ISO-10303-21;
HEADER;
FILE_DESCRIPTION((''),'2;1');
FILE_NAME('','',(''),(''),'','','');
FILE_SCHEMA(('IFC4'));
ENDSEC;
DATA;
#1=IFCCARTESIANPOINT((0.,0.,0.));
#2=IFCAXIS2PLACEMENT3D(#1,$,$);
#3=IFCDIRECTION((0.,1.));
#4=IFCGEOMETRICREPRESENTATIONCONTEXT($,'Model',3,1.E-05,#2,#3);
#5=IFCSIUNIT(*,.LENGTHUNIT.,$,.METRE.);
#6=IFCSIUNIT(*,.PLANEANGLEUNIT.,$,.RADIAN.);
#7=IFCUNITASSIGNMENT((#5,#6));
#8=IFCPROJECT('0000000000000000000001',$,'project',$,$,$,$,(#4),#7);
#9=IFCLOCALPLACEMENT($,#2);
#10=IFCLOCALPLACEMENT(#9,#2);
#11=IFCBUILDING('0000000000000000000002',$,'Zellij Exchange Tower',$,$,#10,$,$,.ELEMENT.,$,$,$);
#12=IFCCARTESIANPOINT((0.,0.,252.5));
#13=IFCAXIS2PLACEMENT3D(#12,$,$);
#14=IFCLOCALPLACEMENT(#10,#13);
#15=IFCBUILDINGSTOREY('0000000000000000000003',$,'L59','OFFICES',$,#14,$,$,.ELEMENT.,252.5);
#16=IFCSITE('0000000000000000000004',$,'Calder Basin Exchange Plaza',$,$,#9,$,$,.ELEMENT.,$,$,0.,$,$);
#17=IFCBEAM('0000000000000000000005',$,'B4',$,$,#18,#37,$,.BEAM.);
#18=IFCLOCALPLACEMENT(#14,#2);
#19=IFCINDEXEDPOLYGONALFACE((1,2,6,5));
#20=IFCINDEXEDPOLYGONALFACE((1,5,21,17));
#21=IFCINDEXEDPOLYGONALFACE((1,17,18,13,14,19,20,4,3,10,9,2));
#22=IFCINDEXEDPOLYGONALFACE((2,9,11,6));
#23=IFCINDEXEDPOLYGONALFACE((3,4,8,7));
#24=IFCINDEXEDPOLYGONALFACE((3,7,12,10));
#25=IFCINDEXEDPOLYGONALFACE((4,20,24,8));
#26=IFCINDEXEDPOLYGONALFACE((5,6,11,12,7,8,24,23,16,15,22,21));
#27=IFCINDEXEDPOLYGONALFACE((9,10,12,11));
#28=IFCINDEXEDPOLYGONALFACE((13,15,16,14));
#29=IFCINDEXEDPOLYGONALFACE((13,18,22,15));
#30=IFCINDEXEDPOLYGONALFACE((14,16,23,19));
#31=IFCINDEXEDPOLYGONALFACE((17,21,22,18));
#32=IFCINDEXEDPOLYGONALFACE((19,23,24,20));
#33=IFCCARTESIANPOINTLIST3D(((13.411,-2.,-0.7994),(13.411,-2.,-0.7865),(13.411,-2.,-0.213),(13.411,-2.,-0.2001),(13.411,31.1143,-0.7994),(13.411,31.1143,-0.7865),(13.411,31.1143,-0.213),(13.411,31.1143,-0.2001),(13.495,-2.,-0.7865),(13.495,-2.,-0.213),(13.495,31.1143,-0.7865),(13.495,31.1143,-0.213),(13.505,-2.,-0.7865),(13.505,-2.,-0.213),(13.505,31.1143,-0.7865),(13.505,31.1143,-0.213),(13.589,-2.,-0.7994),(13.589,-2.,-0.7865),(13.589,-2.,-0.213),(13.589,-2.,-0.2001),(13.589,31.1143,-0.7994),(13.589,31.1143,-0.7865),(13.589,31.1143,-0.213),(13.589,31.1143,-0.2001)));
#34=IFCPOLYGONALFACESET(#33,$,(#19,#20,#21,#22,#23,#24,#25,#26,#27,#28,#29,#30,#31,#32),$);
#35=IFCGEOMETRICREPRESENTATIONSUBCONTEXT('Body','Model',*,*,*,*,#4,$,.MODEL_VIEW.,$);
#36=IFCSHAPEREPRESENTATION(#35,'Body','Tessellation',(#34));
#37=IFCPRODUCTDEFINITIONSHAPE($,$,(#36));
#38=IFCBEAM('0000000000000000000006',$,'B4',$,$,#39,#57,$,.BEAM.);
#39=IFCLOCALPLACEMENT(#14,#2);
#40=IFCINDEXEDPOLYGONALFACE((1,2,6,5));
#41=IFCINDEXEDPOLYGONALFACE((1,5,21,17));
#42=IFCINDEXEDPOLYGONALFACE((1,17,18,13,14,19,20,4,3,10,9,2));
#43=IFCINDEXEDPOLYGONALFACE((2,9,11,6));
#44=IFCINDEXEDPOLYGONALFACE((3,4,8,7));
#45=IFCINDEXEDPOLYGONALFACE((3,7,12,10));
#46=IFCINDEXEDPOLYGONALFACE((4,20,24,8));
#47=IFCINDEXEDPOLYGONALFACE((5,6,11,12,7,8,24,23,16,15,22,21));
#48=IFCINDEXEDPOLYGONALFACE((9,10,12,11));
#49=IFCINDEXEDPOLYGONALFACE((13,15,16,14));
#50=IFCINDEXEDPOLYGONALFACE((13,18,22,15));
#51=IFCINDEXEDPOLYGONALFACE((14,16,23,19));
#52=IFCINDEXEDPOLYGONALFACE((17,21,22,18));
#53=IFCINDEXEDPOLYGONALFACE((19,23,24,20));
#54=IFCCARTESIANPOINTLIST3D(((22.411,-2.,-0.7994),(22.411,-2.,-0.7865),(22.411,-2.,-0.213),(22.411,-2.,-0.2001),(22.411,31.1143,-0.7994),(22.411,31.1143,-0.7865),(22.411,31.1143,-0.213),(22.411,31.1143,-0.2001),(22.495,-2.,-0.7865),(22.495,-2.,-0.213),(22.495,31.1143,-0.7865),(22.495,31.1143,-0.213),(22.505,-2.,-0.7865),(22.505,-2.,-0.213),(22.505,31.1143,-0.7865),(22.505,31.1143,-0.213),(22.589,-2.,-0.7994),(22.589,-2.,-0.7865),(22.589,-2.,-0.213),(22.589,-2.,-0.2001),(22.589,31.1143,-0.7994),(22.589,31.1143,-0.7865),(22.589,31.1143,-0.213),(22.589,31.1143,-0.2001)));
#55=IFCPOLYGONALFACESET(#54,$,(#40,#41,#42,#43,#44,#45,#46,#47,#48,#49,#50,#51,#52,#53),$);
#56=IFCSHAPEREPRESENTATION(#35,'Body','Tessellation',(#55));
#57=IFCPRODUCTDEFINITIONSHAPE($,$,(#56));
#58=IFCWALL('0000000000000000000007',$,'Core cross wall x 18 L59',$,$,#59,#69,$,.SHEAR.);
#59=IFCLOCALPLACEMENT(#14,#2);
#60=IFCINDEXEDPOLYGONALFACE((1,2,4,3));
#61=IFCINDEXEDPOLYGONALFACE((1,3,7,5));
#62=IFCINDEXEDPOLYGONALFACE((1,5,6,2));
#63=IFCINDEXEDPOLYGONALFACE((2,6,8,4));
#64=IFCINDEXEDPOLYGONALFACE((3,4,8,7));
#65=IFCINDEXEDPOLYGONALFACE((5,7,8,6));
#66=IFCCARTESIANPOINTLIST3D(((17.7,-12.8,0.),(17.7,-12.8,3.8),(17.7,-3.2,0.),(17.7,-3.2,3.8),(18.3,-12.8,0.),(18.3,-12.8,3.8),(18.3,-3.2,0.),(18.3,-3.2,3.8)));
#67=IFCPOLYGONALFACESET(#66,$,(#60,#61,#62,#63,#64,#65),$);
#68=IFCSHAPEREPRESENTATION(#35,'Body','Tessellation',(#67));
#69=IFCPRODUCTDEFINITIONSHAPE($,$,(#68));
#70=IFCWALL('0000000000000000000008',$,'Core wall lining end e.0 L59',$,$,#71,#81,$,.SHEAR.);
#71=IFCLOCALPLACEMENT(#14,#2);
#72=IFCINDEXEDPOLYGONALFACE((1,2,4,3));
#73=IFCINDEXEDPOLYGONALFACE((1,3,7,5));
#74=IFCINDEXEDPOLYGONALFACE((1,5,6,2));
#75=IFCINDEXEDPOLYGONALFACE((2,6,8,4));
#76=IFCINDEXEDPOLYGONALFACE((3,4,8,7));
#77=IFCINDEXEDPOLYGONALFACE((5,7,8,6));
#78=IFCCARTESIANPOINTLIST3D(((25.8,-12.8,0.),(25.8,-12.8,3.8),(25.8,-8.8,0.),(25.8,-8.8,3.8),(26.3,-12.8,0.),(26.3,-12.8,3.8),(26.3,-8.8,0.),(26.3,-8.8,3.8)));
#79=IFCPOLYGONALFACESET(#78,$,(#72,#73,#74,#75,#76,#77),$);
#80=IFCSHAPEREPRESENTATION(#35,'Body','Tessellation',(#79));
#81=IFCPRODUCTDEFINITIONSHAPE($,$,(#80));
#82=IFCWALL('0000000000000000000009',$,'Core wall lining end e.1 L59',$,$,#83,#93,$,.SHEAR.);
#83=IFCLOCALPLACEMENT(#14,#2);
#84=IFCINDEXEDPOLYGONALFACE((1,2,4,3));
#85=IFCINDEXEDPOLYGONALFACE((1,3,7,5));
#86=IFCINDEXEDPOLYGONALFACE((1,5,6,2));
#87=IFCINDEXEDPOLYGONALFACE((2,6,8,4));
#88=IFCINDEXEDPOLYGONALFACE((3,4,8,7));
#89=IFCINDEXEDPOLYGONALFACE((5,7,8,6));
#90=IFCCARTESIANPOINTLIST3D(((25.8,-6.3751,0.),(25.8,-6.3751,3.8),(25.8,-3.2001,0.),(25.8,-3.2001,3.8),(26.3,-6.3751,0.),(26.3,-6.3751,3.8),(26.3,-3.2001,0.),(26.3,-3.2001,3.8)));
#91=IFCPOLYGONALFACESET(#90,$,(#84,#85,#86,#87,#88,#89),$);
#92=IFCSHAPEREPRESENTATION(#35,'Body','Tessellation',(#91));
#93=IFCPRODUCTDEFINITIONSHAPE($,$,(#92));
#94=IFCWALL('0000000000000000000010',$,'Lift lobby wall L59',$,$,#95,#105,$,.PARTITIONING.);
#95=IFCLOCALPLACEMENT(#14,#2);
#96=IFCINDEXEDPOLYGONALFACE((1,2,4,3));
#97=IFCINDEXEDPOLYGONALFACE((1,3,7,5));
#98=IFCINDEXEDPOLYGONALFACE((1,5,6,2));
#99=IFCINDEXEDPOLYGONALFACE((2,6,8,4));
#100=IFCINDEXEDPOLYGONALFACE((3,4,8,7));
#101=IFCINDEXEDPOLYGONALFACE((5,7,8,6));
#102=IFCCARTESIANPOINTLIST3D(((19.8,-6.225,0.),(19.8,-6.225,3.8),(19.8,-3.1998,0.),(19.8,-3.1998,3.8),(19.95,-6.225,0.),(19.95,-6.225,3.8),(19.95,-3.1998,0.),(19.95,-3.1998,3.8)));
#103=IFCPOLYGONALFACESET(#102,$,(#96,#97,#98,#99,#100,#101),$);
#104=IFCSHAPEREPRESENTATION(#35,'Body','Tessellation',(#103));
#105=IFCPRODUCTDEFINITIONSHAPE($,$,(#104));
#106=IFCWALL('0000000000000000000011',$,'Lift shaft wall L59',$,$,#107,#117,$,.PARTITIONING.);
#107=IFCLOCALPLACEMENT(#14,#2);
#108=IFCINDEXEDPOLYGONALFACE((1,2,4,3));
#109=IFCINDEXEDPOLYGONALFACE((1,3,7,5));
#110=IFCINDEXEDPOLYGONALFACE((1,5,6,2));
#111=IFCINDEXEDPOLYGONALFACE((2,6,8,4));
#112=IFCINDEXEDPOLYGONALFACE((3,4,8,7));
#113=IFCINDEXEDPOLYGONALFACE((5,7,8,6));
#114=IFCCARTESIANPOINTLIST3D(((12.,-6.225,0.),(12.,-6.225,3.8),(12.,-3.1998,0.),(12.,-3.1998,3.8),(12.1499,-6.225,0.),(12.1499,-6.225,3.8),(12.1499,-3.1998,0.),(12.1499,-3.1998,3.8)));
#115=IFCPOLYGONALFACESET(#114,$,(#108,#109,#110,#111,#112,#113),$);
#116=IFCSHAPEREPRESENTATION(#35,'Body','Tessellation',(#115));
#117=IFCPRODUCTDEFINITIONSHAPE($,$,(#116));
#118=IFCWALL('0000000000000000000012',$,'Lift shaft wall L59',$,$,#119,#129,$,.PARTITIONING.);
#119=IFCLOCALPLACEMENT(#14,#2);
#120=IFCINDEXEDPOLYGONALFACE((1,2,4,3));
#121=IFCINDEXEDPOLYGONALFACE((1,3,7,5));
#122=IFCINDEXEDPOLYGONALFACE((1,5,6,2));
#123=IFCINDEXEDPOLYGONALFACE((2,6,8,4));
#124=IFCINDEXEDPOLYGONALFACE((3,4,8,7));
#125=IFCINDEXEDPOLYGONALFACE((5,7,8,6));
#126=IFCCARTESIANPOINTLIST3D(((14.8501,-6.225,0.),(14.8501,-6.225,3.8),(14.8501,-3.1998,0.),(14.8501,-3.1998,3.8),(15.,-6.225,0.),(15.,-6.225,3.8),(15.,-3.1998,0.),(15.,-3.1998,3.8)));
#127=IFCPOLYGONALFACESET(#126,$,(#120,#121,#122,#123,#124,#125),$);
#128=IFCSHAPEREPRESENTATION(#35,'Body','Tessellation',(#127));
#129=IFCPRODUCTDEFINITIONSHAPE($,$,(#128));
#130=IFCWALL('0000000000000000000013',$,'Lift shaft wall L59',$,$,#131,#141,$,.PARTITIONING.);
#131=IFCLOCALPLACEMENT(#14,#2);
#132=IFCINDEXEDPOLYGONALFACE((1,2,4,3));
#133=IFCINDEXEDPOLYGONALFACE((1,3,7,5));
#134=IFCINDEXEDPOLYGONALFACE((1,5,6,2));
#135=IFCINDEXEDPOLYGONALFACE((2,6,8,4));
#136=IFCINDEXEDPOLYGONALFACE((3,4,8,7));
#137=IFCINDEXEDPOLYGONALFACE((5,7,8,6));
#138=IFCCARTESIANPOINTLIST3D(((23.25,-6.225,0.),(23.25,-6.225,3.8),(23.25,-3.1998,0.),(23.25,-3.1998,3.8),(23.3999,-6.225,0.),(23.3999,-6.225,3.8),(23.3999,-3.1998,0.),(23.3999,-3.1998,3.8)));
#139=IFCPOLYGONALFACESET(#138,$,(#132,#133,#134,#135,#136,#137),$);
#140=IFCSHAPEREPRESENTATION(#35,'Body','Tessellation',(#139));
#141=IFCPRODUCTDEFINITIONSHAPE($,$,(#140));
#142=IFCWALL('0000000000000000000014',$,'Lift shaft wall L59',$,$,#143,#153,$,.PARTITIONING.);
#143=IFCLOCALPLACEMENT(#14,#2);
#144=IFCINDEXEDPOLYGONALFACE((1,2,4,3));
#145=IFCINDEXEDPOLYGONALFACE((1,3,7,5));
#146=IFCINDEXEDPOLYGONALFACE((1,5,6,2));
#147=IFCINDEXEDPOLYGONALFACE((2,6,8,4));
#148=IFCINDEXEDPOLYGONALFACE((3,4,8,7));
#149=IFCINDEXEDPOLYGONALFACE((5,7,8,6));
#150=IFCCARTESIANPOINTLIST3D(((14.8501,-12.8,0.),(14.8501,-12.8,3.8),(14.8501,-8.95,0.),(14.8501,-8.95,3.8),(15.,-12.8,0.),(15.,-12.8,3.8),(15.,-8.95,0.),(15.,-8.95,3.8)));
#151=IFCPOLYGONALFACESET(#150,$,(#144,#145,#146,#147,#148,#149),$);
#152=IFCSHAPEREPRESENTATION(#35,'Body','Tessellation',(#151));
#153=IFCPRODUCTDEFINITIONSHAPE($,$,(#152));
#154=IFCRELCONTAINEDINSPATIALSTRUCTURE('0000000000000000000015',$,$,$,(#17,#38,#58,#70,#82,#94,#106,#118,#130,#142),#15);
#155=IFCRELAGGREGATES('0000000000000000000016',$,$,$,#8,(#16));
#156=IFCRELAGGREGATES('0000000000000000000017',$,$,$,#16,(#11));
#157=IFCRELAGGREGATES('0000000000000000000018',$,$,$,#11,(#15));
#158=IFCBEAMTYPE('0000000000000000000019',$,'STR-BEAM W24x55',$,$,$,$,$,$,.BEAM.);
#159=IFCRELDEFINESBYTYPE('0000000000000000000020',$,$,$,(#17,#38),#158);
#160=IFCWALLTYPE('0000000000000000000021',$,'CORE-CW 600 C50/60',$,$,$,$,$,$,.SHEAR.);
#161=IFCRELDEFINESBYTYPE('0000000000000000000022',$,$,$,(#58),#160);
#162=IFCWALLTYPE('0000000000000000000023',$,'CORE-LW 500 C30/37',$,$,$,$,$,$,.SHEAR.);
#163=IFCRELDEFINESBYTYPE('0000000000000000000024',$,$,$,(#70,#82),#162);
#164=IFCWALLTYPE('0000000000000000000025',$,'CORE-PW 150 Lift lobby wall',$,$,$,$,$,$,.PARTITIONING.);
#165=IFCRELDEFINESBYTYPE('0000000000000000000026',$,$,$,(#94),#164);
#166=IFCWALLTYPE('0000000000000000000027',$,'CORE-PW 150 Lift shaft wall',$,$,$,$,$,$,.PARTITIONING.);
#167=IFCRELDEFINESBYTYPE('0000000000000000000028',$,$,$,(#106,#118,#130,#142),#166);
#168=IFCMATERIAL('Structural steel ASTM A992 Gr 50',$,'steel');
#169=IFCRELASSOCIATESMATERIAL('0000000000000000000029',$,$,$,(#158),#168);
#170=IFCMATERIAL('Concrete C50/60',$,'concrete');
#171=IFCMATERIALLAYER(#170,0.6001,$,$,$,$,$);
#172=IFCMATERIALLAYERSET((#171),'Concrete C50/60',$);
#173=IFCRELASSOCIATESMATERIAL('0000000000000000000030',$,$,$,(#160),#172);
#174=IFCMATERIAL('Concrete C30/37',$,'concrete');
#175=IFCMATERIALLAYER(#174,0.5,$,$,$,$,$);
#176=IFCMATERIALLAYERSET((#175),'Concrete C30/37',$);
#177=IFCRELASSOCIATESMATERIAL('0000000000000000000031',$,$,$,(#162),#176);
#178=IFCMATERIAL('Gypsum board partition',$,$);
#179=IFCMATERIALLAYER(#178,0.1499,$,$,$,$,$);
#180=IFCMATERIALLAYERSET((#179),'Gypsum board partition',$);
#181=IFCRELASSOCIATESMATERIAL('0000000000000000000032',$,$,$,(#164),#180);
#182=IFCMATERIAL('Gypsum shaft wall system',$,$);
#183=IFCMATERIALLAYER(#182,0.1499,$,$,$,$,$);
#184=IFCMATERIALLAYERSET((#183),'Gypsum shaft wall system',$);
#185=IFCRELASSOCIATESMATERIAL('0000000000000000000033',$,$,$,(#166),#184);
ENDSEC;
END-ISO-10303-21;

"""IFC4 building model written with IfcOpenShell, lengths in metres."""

from ifc_helpers import new_model, si_unit, direction, frame, frame_2d, origin, origin_2d, place, context, subcontext, project, spatial, rectangle, i_section, extrude, material, layer, layer_set, material_profile, profile_set, type_object, element, save


model = new_model("IFC4")

# Units and contexts
model_context = context("Model", 3, precision=1e-05, world=origin(), true_north=direction((0.0, 1.0)))
body_context = subcontext(model_context, "Body", "Model", "MODEL_VIEW")
ifc_project = project(units=[si_unit("LENGTHUNIT", "METRE"), si_unit("PLANEANGLEUNIT", "RADIAN")], contexts=[model_context])

# Site, building, storey
site_placement = place(None, origin())
site = spatial("IfcSite", under=ifc_project, at=site_placement, Name="Calder Basin Exchange Plaza", CompositionType="ELEMENT", RefElevation=0.0)
building_placement = place(site_placement, origin())
building = spatial("IfcBuilding", under=site, at=building_placement, Name="Zellij Exchange Tower", CompositionType="ELEMENT")
storey_placement = place(building_placement, frame((0.0, 0.0, 252.5)))
storey = spatial("IfcBuildingStorey", under=building, at=storey_placement, Name="L59", Description="OFFICES", CompositionType="ELEMENT", Elevation=252.5)

# Beams
ifc_material_1 = material(Name="Structural steel ASTM A992 Gr 50", Category="steel")
ifc_material_profile = material_profile(ifc_material_1, i_section(OverallWidth=0.178, OverallDepth=0.5994, WebThickness=0.01, FlangeThickness=0.0129, at=origin_2d()), Name="W24x55")
ifc_profile_set = profile_set([ifc_material_profile], Name="Structural steel ASTM A992 Gr 50")
beam_type = type_object("IfcBeamType", Name="STR-BEAM W24x55", PredefinedType="BEAM", material=ifc_profile_set)
for number, where, z_axis, x_axis, name in (
    (1, (13.5, -2.0, -0.4998), (0.0, 1.0, 0.0), (-1.0, 0.0, 0.0), "B4"),
    (2, (22.5, -2.0, -0.4998), (0.0, 1.0, 0.0), (-1.0, 0.0, 0.0), "B4"),
):
    element("IfcBeam", number, at=place(storey_placement, frame(where, z_axis=z_axis, x_axis=x_axis)), inside=storey, type_object=beam_type, Name=name, PredefinedType="BEAM", context=body_context, shape_type="SweptSolid", body=[
        extrude(i_section(OverallWidth=0.178, OverallDepth=0.5994, WebThickness=0.01, FlangeThickness=0.0129, at=origin_2d()), origin(), (0.0, 0.0, 1.0), 33.1143),
    ])

# Walls
ifc_material_2 = material(Name="Concrete C50/60", Category="concrete")
ifc_layer_1 = layer(ifc_material_2, 0.6001)
ifc_layer_set_1 = layer_set([ifc_layer_1], Name="Concrete C50/60")
wall_type_1 = type_object("IfcWallType", Name="CORE-CW 600 C50/60", PredefinedType="SHEAR", material=ifc_layer_set_1)
wall_1_placement = place(storey_placement, frame((18.0, -12.8, 0.0), z_axis=(0.0, 0.0, 1.0), x_axis=(0.0, 1.0, 0.0)))
element("IfcWall", 3, at=wall_1_placement, inside=storey, type_object=wall_type_1, Name="Core cross wall x 18 L59", PredefinedType="SHEAR", context=body_context, shape_type="SweptSolid", body=[
    extrude(rectangle(XDim=9.6001, YDim=0.6001, at=frame_2d((4.8, 0.0))), origin(), (0.0, 0.0, 1.0), 3.8),
])
ifc_material_3 = material(Name="Concrete C30/37", Category="concrete")
ifc_layer_2 = layer(ifc_material_3, 0.5)
ifc_layer_set_2 = layer_set([ifc_layer_2], Name="Concrete C30/37")
wall_type_2 = type_object("IfcWallType", Name="CORE-LW 500 C30/37", PredefinedType="SHEAR", material=ifc_layer_set_2)
wall_2_placement = place(storey_placement, frame((26.05, -12.8, 0.0), z_axis=(0.0, 0.0, 1.0), x_axis=(0.0, 1.0, 0.0)))
element("IfcWall", 4, at=wall_2_placement, inside=storey, type_object=wall_type_2, Name="Core wall lining end e.0 L59", PredefinedType="SHEAR", context=body_context, shape_type="SweptSolid", body=[
    extrude(rectangle(XDim=4.0, YDim=0.5, at=frame_2d((2.0, 0.0))), origin(), (0.0, 0.0, 1.0), 3.8),
])
wall_3_placement = place(storey_placement, frame((26.05, -6.375, 0.0), z_axis=(0.0, 0.0, 1.0), x_axis=(0.0, 1.0, 0.0)))
element("IfcWall", 5, at=wall_3_placement, inside=storey, type_object=wall_type_2, Name="Core wall lining end e.1 L59", PredefinedType="SHEAR", context=body_context, shape_type="SweptSolid", body=[
    extrude(rectangle(XDim=3.175, YDim=0.5, at=frame_2d((1.5874, 0.0))), origin(), (0.0, 0.0, 1.0), 3.8),
])
ifc_material_4 = material(Name="Gypsum board partition")
ifc_layer_3 = layer(ifc_material_4, 0.1499)
ifc_layer_set_3 = layer_set([ifc_layer_3], Name="Gypsum board partition")
wall_type_3 = type_object("IfcWallType", Name="CORE-PW 150 Lift lobby wall", PredefinedType="PARTITIONING", material=ifc_layer_set_3)
wall_4_placement = place(storey_placement, frame((19.875, -6.2251, 0.0), z_axis=(0.0, 0.0, 1.0), x_axis=(0.0, 1.0, 0.0)))
element("IfcWall", 6, at=wall_4_placement, inside=storey, type_object=wall_type_3, Name="Lift lobby wall L59", PredefinedType="PARTITIONING", context=body_context, shape_type="SweptSolid", body=[
    extrude(rectangle(XDim=3.0251, YDim=0.1499, at=frame_2d((1.5127, 0.0))), origin(), (0.0, 0.0, 1.0), 3.8),
])
ifc_material_5 = material(Name="Gypsum shaft wall system")
ifc_layer_4 = layer(ifc_material_5, 0.1499)
ifc_layer_set_4 = layer_set([ifc_layer_4], Name="Gypsum shaft wall system")
wall_type_4 = type_object("IfcWallType", Name="CORE-PW 150 Lift shaft wall", PredefinedType="PARTITIONING", material=ifc_layer_set_4)
for number, where, z_axis, x_axis, name in (
    (7, (12.075, -6.2251, 0.0), (0.0, 0.0, 1.0), (0.0, 1.0, 0.0), "Lift shaft wall L59"),
    (8, (14.925, -6.2251, 0.0), (0.0, 0.0, 1.0), (0.0, 1.0, 0.0), "Lift shaft wall L59"),
    (9, (23.325, -6.2251, 0.0), (0.0, 0.0, 1.0), (0.0, 1.0, 0.0), "Lift shaft wall L59"),
):
    element("IfcWall", number, at=place(storey_placement, frame(where, z_axis=z_axis, x_axis=x_axis)), inside=storey, type_object=wall_type_4, Name=name, PredefinedType="PARTITIONING", context=body_context, shape_type="SweptSolid", body=[
        extrude(rectangle(XDim=3.0251, YDim=0.1499, at=frame_2d((1.5127, 0.0))), origin(), (0.0, 0.0, 1.0), 3.8),
    ])
wall_5_placement = place(storey_placement, frame((14.925, -12.8, 0.0), z_axis=(0.0, 0.0, 1.0), x_axis=(0.0, 1.0, 0.0)))
element("IfcWall", 10, at=wall_5_placement, inside=storey, type_object=wall_type_4, Name="Lift shaft wall L59", PredefinedType="PARTITIONING", context=body_context, shape_type="SweptSolid", body=[
    extrude(rectangle(XDim=3.8501, YDim=0.1499, at=frame_2d((1.925, 0.0))), origin(), (0.0, 0.0, 1.0), 3.8),
])

save(model, "model.ifc")
